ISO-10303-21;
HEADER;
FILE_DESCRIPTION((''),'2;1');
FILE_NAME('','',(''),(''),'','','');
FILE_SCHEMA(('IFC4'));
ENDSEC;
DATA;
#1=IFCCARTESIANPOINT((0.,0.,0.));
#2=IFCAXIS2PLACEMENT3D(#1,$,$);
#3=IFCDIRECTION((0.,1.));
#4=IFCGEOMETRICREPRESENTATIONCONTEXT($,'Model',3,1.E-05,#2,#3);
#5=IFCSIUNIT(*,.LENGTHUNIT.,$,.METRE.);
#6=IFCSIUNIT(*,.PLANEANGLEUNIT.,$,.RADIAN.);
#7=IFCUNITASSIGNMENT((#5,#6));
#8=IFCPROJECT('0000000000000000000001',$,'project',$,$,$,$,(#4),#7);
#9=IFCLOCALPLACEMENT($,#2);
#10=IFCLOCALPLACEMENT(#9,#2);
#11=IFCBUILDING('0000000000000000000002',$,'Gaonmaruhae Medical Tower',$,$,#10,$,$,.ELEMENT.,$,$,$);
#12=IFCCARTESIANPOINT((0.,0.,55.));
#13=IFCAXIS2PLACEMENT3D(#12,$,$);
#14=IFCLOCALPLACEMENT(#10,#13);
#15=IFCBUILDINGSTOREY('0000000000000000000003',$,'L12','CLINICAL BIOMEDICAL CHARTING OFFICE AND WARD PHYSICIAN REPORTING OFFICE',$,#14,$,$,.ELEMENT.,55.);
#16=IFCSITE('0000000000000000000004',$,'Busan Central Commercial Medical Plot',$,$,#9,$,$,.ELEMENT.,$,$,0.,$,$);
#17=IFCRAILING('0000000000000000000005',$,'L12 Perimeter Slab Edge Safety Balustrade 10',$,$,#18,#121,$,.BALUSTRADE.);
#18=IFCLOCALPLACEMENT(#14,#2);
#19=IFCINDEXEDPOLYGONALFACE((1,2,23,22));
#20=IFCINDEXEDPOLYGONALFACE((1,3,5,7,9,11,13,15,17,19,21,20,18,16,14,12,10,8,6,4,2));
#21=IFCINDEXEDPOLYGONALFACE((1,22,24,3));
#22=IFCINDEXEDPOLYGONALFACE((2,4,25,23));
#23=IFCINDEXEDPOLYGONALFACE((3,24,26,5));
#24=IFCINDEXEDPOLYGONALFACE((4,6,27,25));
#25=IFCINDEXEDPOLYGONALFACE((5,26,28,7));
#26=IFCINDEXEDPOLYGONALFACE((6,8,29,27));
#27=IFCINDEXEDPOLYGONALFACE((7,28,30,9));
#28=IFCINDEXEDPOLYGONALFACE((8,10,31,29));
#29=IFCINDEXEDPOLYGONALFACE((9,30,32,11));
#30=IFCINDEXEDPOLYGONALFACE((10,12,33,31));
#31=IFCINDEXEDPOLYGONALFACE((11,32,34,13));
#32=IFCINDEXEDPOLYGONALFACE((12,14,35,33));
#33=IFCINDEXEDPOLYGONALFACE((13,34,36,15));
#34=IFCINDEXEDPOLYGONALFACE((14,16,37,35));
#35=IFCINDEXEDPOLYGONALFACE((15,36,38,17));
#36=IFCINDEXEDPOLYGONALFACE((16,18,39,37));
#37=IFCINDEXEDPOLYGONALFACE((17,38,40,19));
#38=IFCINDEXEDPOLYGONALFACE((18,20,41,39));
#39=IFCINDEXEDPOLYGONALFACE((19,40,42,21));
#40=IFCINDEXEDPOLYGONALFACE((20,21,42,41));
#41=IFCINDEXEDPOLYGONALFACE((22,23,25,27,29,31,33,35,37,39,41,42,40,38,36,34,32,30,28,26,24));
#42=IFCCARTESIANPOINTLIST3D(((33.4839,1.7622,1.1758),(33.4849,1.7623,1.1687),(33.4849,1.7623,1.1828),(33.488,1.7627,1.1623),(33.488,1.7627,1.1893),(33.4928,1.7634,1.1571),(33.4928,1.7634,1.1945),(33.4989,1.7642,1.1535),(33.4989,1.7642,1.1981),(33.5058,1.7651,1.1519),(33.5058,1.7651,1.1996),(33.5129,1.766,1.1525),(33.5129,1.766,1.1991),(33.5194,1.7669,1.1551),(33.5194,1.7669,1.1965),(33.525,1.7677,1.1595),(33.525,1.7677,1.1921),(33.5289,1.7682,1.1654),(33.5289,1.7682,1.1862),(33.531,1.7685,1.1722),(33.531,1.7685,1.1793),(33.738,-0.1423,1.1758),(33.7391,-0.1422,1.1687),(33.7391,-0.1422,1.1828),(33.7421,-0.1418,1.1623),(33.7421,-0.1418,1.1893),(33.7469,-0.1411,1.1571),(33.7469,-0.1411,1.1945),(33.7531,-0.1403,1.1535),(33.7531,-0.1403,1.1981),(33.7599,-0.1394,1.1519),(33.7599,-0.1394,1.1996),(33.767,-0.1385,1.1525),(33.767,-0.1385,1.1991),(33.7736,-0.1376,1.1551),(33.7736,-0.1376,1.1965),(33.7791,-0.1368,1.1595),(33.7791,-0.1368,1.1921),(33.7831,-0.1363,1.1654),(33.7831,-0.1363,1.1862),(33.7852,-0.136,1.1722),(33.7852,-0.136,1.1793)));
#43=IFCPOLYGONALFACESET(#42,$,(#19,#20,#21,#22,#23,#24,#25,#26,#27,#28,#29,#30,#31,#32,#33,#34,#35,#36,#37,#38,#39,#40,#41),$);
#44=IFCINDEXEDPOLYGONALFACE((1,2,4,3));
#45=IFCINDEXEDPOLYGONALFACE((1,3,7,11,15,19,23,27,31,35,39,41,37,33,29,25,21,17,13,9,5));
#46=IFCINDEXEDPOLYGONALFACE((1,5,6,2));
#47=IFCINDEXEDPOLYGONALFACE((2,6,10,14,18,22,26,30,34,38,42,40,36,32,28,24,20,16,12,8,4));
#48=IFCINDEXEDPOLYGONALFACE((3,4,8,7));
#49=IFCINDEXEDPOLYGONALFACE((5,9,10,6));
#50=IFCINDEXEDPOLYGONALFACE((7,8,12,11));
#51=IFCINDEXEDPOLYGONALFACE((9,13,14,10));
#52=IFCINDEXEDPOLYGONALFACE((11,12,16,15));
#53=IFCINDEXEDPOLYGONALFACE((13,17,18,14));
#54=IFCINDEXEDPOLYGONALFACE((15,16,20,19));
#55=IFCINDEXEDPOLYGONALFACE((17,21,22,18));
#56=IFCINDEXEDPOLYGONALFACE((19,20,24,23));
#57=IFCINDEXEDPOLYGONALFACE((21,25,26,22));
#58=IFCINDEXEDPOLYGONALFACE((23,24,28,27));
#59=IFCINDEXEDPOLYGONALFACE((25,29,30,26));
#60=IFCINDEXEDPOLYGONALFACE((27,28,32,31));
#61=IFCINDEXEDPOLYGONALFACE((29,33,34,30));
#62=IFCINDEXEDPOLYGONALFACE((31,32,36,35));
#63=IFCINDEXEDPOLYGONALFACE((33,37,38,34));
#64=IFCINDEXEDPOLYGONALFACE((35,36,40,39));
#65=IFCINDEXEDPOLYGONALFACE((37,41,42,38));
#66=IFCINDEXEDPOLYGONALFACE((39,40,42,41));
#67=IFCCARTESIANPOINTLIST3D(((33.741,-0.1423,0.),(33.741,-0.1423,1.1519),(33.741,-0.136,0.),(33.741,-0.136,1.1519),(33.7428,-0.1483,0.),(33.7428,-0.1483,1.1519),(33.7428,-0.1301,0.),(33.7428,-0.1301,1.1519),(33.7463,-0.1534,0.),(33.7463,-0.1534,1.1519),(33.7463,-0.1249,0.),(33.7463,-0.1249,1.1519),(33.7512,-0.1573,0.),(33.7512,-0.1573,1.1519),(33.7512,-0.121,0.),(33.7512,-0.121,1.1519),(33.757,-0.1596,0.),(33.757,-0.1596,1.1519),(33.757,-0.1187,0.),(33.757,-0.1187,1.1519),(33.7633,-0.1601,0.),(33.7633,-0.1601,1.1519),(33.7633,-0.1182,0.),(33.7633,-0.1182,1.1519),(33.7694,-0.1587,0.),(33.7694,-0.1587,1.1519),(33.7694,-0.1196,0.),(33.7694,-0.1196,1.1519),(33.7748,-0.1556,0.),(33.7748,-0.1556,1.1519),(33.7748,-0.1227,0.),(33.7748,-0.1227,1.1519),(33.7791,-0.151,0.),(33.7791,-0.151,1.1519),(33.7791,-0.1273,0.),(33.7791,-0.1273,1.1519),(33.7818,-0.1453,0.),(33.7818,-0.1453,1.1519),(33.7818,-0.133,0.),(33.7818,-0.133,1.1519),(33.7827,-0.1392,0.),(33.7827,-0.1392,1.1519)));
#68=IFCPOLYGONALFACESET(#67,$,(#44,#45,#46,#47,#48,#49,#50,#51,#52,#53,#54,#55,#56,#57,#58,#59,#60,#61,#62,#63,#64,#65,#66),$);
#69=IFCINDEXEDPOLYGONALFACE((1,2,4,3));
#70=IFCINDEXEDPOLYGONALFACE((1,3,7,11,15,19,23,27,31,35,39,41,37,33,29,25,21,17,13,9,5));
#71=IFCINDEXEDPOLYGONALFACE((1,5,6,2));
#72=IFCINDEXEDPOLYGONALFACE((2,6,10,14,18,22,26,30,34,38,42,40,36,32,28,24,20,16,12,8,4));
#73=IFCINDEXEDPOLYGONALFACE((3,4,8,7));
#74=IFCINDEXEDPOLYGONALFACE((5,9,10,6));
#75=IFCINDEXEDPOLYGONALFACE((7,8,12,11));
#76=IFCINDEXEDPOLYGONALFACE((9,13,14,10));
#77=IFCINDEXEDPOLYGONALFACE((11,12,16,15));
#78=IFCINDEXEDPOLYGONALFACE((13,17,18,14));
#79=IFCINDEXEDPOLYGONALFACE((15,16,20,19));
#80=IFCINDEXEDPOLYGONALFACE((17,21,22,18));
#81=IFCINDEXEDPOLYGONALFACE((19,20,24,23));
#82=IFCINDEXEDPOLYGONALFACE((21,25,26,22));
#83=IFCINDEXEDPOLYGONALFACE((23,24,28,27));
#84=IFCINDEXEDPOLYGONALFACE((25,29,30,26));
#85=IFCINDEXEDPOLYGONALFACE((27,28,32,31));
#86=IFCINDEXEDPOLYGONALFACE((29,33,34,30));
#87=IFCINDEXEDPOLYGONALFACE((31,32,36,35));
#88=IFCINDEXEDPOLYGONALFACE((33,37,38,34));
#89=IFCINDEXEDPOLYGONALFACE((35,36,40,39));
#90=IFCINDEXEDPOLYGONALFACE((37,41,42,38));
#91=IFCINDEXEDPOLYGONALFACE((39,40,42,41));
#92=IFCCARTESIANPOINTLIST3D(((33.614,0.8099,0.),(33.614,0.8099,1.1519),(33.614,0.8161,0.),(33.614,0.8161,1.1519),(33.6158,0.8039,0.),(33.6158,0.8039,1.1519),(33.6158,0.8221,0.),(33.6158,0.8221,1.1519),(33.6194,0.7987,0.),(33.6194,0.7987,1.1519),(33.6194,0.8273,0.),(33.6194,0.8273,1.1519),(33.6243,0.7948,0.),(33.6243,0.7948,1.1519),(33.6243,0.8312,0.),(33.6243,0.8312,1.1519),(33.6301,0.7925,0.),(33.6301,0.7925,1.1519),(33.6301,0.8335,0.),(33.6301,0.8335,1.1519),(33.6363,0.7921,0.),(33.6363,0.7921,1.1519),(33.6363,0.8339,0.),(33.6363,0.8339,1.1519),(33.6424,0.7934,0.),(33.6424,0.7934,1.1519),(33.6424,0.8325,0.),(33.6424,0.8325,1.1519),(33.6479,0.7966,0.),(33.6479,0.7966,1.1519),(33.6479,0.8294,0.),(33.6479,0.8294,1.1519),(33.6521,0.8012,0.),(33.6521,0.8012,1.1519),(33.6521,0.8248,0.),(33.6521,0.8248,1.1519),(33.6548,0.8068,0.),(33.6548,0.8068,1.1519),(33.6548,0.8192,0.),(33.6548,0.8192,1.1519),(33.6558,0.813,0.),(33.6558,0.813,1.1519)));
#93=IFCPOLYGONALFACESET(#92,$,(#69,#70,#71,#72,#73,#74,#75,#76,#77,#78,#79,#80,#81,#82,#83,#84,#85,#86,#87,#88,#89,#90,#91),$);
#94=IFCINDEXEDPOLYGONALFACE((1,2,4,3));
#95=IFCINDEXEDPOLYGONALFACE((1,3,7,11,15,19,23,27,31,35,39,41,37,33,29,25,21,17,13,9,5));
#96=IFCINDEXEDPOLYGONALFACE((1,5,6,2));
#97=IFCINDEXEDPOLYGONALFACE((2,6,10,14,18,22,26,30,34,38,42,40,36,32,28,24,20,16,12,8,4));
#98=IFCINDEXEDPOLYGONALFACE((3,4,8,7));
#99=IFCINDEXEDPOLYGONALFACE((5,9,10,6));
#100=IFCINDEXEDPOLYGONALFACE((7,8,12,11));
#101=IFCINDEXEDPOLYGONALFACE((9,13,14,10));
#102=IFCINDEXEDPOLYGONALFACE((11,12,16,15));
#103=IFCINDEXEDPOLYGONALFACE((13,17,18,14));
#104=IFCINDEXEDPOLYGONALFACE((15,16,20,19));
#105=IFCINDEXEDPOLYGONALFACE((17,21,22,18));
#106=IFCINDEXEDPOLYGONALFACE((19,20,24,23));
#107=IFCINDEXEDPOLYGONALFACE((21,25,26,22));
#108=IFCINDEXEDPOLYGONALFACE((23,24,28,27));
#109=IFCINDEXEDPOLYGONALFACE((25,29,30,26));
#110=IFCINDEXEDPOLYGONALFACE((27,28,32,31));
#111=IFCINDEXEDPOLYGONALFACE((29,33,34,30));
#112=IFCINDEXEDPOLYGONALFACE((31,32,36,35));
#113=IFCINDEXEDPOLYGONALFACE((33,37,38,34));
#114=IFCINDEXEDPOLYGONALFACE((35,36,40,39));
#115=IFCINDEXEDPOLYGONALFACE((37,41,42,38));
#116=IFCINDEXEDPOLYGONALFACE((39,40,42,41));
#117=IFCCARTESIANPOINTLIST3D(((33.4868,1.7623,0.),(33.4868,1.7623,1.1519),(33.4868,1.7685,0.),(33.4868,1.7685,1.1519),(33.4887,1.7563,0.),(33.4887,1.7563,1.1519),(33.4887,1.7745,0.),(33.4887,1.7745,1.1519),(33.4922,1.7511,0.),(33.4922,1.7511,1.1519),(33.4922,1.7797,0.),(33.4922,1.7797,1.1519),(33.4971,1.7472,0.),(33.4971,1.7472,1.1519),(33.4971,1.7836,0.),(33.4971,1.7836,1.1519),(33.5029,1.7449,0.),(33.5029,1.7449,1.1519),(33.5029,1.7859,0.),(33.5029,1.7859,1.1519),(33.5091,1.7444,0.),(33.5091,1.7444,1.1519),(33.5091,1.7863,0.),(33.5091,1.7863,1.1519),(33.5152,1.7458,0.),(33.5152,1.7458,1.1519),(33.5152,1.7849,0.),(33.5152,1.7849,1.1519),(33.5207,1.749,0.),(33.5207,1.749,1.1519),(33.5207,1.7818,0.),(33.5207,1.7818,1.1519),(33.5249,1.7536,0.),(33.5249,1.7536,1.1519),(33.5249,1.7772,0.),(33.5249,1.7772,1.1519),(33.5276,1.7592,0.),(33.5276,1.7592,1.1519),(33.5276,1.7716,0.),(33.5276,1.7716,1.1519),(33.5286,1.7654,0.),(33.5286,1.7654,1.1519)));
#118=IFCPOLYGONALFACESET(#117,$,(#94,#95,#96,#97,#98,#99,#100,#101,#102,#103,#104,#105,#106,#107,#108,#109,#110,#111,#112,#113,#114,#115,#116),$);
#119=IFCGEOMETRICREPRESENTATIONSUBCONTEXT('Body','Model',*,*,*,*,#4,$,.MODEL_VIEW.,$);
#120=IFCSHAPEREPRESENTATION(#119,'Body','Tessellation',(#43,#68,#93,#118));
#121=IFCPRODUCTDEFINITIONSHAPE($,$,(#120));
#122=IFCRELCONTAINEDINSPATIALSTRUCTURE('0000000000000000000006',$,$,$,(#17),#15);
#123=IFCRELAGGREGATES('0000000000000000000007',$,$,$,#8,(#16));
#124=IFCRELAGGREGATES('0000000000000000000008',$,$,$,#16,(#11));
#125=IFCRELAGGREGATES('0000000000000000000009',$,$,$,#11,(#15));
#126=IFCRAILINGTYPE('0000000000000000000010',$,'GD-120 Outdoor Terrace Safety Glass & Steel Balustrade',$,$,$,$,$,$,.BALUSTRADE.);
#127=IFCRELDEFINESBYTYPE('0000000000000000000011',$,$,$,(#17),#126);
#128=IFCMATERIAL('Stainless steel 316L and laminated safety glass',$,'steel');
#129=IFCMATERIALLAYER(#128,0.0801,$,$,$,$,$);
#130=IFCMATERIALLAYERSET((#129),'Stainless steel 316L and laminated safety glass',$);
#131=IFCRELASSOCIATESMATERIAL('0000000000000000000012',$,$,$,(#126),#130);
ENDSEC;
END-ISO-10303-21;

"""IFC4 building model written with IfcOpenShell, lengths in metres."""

from ifc_helpers import new_model, si_unit, direction, frame, origin, origin_2d, place, context, subcontext, project, spatial, circle, extrude, material, layer, layer_set, type_object, element, save


model = new_model("IFC4")

# Units and contexts
model_context = context("Model", 3, precision=1e-05, world=origin(), true_north=direction((0.0, 1.0)))
body_context = subcontext(model_context, "Body", "Model", "MODEL_VIEW")
ifc_project = project(units=[si_unit("LENGTHUNIT", "METRE"), si_unit("PLANEANGLEUNIT", "RADIAN")], contexts=[model_context])

# Site, building, storey
site_placement = place(None, origin())
site = spatial("IfcSite", under=ifc_project, at=site_placement, Name="Busan Central Commercial Medical Plot", CompositionType="ELEMENT", RefElevation=0.0)
building_placement = place(site_placement, origin())
building = spatial("IfcBuilding", under=site, at=building_placement, Name="Gaonmaruhae Medical Tower", CompositionType="ELEMENT")
storey_placement = place(building_placement, frame((0.0, 0.0, 55.0)))
storey = spatial("IfcBuildingStorey", under=building, at=storey_placement, Name="L12", Description="CLINICAL BIOMEDICAL CHARTING OFFICE AND WARD PHYSICIAN REPORTING OFFICE", CompositionType="ELEMENT", Elevation=55.0)

# Railing
ifc_material_1 = material(Name="Stainless steel 316L and laminated safety glass", Category="steel")
ifc_layer_1 = layer(ifc_material_1, 0.0801)
ifc_layer_set_1 = layer_set([ifc_layer_1], Name="Stainless steel 316L and laminated safety glass")
railing_type_1 = type_object("IfcRailingType", Name="GD-120 Outdoor Terrace Safety Glass & Steel Balustrade", PredefinedType="BALUSTRADE", material=ifc_layer_set_1)
railing_1_placement = place(storey_placement, frame((33.7617, -0.1392, 0.0)))
element("IfcRailing", 1, at=railing_1_placement, inside=storey, type_object=railing_type_1, Name="L12 Perimeter Slab Edge Safety Balustrade 10", PredefinedType="BALUSTRADE", context=body_context, shape_type="SweptSolid", body=[
    extrude(circle(Radius=0.0239, at=origin_2d()), frame((0.0, 0.0, 1.1758), z_axis=(-0.132272, 0.991213, 0.0), x_axis=(-0.991213, -0.132272, 0.0)), (0.0, 0.0, 1.0), 1.9214),
    extrude(circle(Radius=0.021, at=origin_2d()), origin(), (0.0, 0.0, 1.0), 1.1519),
    extrude(circle(Radius=0.021, at=origin_2d()), frame((-0.127, 0.9521, 0.0)), (0.0, 0.0, 1.0), 1.1519),
    extrude(circle(Radius=0.021, at=origin_2d()), frame((-0.2542, 1.9045, 0.0)), (0.0, 0.0, 1.0), 1.1519),
])

save(model, "model.ifc")
